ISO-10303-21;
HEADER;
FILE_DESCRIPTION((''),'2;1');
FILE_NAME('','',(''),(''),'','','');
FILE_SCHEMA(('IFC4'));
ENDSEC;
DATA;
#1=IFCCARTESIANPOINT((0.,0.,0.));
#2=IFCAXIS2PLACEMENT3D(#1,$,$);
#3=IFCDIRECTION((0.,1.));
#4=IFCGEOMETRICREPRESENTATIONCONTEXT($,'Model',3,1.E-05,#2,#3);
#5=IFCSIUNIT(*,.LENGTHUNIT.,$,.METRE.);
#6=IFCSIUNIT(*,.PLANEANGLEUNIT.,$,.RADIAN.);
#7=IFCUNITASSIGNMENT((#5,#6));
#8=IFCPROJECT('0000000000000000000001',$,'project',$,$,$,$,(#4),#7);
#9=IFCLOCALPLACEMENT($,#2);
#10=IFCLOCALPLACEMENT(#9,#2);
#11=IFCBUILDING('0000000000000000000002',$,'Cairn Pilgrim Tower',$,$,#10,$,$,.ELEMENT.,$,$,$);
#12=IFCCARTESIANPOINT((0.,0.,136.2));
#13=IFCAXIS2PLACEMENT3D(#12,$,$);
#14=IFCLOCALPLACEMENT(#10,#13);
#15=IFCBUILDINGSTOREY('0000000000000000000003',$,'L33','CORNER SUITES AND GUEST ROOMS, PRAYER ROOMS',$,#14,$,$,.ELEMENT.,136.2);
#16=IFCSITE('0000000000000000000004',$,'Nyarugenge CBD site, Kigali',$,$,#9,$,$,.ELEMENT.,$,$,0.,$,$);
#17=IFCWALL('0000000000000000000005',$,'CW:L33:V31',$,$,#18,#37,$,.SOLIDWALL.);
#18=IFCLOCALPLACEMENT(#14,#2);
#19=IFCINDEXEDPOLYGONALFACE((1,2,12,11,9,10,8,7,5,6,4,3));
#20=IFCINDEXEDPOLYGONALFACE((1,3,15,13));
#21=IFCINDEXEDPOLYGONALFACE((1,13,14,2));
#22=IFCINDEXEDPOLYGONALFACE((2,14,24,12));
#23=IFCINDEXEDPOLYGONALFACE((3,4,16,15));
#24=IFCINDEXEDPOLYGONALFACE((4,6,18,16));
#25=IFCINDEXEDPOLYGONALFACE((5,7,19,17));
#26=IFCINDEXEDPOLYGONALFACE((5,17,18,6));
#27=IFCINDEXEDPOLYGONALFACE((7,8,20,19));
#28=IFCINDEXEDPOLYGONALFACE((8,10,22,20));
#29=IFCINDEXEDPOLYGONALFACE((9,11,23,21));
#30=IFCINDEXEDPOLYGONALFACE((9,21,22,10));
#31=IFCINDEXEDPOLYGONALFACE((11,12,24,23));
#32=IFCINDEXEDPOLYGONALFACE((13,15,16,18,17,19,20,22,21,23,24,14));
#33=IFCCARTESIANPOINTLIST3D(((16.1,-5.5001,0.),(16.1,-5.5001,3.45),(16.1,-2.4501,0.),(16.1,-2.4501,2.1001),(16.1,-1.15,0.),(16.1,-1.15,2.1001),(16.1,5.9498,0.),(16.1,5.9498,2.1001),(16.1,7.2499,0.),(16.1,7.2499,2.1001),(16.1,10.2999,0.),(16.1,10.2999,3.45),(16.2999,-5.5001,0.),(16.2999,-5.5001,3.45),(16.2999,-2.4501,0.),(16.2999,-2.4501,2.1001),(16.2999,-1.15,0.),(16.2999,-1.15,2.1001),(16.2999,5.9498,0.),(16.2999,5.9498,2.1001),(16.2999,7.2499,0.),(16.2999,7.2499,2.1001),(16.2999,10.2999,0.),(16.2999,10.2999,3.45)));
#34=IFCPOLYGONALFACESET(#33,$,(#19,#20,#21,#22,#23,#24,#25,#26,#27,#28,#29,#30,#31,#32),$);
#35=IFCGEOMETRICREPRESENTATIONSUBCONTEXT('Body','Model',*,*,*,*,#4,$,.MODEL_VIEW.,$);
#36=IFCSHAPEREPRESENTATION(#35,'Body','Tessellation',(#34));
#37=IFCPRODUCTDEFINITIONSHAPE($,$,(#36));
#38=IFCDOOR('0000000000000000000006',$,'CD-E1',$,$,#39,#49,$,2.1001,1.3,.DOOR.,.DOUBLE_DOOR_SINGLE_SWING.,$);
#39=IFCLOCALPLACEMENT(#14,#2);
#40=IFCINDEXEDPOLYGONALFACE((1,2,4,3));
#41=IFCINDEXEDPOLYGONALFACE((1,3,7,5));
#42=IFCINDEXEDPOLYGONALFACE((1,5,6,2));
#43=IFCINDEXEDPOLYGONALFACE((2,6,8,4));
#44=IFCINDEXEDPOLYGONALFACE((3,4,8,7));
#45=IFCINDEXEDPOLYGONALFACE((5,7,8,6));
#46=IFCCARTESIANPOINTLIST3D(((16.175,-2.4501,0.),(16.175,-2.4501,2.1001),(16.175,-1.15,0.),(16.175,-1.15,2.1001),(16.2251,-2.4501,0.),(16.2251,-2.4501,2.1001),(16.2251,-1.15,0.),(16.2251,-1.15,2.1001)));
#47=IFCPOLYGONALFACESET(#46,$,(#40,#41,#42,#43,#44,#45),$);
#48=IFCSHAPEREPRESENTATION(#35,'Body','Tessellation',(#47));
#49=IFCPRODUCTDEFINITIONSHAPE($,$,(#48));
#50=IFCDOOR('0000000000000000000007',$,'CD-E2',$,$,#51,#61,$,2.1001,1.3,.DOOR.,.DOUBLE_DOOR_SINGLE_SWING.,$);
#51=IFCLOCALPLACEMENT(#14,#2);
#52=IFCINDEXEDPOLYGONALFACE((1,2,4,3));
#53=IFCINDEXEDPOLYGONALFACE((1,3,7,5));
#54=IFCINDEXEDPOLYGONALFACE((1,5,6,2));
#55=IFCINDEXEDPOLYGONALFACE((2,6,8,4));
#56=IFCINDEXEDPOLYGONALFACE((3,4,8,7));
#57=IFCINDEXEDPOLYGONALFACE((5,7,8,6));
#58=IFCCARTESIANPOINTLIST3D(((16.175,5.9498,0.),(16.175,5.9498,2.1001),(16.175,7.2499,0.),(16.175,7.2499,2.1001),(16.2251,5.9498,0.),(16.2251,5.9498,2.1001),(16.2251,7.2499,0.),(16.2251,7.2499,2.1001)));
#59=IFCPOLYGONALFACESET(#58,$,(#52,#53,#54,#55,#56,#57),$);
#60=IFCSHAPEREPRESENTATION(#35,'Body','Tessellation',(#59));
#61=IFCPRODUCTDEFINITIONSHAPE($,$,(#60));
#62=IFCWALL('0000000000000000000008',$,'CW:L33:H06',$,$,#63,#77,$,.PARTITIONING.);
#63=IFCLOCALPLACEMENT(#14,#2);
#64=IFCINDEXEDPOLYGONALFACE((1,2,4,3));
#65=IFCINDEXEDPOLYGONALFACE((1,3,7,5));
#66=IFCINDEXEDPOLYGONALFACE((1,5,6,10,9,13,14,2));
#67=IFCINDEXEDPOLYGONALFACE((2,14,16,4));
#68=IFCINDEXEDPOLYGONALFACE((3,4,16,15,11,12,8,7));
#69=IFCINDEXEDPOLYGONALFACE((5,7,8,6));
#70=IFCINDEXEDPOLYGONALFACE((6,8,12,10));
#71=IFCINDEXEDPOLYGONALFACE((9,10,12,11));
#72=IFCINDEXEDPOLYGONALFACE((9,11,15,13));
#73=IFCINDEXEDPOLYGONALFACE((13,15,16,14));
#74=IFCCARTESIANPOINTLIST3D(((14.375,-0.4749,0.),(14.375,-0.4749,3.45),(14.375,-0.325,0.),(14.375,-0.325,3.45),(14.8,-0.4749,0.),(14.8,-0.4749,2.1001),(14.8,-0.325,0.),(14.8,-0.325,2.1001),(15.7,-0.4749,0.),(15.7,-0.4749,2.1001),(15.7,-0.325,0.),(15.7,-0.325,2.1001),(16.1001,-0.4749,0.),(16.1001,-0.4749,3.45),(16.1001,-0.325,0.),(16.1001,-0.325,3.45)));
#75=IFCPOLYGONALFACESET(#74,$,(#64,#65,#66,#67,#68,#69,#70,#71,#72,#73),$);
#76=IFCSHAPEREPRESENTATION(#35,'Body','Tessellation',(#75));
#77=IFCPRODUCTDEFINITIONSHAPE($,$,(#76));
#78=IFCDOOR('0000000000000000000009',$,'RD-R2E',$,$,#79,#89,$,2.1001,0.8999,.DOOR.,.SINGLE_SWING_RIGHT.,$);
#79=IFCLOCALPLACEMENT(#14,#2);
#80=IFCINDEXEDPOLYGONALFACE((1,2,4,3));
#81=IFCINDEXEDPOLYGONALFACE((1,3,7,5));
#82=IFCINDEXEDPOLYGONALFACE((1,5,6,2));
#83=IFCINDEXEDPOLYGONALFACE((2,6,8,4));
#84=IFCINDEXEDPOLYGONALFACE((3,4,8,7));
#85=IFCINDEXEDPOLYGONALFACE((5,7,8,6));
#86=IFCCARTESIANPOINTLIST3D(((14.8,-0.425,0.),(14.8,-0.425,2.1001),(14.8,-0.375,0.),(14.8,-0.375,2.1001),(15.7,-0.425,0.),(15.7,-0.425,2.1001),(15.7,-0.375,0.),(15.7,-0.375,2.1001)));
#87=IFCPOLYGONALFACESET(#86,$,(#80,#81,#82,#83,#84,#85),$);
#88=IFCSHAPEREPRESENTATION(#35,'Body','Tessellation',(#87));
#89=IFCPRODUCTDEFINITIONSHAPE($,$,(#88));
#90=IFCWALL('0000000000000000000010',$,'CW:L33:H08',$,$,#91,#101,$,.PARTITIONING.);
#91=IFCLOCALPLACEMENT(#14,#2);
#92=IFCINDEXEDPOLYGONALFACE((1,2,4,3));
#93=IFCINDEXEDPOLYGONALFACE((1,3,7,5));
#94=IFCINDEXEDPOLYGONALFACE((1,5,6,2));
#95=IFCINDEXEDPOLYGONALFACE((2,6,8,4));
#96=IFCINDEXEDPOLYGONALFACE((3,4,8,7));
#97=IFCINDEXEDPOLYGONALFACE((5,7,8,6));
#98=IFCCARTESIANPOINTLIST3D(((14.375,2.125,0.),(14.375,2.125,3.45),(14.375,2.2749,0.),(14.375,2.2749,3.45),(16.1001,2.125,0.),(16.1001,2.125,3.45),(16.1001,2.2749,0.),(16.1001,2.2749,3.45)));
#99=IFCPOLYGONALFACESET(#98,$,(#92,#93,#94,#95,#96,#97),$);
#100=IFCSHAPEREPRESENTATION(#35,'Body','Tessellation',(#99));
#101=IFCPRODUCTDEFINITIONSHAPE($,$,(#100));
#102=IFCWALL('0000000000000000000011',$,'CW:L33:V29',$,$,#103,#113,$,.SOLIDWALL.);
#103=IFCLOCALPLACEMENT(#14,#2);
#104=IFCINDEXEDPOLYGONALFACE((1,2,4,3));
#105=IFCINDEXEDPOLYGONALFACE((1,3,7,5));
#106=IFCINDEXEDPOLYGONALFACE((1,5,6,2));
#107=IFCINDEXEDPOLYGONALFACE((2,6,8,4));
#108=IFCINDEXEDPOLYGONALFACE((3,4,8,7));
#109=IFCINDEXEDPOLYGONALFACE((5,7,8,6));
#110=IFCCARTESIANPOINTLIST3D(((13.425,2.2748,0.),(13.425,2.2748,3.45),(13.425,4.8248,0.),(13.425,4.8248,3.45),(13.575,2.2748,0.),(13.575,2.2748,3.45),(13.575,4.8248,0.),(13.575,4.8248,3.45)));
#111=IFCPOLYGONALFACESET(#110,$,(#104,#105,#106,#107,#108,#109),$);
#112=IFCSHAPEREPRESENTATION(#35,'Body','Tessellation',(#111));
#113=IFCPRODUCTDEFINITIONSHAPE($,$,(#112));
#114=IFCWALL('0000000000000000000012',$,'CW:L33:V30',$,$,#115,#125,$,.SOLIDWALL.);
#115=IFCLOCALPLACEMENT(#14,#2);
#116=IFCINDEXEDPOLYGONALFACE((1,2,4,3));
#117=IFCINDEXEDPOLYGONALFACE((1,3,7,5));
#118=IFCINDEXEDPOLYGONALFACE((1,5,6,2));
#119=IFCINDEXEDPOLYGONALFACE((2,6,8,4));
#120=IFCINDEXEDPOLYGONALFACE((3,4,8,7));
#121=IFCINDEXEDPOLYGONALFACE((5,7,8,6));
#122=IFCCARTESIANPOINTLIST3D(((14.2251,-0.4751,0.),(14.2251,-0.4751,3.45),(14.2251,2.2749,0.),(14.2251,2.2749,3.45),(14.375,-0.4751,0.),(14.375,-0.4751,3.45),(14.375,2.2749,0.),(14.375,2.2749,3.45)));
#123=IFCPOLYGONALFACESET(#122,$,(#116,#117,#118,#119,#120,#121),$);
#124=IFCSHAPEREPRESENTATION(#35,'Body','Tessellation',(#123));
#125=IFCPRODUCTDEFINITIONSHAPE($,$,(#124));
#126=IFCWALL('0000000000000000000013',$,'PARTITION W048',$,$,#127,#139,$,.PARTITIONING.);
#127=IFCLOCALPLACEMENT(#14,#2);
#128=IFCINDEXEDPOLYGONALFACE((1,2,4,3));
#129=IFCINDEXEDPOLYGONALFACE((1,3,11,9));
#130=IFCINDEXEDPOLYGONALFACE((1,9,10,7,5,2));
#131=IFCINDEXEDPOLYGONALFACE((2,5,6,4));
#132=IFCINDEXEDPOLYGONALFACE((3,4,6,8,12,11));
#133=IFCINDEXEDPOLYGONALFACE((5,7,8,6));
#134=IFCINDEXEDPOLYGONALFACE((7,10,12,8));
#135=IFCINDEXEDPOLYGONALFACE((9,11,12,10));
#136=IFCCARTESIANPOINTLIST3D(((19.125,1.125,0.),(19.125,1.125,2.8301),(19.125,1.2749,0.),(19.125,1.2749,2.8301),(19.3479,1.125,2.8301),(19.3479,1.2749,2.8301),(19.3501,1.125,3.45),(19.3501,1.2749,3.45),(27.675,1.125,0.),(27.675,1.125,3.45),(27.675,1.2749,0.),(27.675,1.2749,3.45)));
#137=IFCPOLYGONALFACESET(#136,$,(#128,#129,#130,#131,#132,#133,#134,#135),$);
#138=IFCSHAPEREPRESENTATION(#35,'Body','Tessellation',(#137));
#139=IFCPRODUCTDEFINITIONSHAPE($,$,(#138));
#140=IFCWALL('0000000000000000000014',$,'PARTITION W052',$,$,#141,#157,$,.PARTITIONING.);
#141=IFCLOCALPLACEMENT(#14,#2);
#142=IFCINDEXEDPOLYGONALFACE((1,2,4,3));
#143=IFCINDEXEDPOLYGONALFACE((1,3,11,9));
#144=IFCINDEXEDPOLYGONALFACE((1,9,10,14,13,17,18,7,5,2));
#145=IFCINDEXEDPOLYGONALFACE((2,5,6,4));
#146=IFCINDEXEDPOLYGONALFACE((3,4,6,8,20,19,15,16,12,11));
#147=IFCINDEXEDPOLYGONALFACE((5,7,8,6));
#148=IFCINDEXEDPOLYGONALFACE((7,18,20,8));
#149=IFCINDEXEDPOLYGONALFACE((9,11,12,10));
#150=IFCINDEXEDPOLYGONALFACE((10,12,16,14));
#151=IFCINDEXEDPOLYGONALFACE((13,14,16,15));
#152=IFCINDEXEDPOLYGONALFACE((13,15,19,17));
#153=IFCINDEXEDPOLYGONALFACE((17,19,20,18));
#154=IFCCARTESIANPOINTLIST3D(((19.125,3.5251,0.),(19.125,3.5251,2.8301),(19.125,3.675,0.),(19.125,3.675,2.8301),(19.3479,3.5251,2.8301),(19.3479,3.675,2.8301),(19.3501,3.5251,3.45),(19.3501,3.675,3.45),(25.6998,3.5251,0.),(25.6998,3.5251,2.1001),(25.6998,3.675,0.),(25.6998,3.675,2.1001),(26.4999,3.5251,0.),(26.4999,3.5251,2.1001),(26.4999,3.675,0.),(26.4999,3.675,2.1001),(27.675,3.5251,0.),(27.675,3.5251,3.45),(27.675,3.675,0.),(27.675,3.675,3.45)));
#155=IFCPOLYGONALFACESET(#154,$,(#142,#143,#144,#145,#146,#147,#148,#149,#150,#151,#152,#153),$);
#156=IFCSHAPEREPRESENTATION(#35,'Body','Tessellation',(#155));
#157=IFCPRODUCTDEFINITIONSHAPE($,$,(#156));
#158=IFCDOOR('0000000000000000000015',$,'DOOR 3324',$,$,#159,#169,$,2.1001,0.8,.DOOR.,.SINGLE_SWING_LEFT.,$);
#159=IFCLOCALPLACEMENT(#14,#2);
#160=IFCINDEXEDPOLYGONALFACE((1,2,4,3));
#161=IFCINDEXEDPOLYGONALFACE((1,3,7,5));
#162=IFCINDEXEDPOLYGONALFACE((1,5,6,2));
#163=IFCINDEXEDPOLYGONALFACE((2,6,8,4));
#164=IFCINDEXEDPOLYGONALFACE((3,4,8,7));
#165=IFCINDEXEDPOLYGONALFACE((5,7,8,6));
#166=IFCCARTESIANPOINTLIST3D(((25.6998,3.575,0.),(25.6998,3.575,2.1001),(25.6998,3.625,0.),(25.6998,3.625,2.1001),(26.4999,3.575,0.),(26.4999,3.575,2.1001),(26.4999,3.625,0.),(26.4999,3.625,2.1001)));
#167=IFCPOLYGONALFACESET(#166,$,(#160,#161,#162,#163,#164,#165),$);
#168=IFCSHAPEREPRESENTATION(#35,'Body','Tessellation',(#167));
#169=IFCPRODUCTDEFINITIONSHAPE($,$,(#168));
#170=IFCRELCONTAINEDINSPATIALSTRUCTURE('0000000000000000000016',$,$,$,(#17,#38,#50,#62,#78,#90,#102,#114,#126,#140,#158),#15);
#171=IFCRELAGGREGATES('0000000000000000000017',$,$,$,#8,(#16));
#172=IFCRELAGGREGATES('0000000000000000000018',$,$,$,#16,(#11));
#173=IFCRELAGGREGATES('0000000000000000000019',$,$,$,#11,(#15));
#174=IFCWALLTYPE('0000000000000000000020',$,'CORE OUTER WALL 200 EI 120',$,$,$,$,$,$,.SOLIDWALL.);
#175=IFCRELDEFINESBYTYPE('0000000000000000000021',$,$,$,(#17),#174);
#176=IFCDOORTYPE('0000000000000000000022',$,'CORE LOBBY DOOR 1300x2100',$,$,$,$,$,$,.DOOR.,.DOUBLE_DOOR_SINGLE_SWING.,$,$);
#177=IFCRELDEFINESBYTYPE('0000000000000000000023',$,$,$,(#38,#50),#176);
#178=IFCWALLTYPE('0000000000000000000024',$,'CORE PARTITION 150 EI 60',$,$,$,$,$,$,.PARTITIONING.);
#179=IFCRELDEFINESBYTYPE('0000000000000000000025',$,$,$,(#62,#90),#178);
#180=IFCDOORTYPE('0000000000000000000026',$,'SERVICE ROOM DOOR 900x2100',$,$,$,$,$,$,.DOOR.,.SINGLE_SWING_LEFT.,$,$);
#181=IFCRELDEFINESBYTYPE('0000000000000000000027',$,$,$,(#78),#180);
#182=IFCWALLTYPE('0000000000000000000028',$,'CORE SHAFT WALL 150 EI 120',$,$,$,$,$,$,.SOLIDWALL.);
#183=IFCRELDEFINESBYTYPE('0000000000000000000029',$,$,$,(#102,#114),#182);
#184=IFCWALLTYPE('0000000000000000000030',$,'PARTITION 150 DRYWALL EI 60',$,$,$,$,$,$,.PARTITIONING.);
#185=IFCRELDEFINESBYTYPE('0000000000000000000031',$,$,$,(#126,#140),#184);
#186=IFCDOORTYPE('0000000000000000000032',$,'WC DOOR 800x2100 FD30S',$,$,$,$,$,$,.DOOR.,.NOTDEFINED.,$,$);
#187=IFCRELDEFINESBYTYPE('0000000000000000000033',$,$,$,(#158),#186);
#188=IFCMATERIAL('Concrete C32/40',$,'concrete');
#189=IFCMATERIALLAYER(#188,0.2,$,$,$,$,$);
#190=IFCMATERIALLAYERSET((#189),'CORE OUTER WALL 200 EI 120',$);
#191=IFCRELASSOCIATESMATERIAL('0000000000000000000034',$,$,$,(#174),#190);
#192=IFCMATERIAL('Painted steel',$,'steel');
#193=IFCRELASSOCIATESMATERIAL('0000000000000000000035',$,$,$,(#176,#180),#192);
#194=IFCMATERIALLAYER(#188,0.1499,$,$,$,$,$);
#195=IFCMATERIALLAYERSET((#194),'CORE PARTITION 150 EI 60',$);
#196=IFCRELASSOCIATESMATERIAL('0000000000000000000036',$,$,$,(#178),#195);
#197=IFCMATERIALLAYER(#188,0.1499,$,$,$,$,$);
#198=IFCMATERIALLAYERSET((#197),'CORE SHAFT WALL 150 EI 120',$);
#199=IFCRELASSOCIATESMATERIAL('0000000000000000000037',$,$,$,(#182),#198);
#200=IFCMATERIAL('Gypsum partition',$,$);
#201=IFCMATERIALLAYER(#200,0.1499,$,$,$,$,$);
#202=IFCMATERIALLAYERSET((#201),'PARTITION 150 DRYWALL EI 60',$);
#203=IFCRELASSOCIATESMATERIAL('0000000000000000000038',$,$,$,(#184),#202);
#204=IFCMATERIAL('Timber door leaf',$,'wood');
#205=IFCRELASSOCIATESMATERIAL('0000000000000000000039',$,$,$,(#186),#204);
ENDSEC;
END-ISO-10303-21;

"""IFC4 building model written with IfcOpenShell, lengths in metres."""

from ifc_helpers import new_model, si_unit, direction, frame, frame_2d, origin, place, context, subcontext, project, spatial, polyline, rectangle, outline, extrude, material, layer, layer_set, type_object, element, fill, save


model = new_model("IFC4")

# Units and contexts
model_context = context("Model", 3, precision=1e-05, world=origin(), true_north=direction((0.0, 1.0)))
body_context = subcontext(model_context, "Body", "Model", "MODEL_VIEW")
ifc_project = project(units=[si_unit("LENGTHUNIT", "METRE"), si_unit("PLANEANGLEUNIT", "RADIAN")], contexts=[model_context])

# Site, building, storey
site_placement = place(None, origin())
site = spatial("IfcSite", under=ifc_project, at=site_placement, Name="Nyarugenge CBD site, Kigali", CompositionType="ELEMENT", RefElevation=0.0)
building_placement = place(site_placement, origin())
building = spatial("IfcBuilding", under=site, at=building_placement, Name="Cairn Pilgrim Tower", CompositionType="ELEMENT")
storey_placement = place(building_placement, frame((0.0, 0.0, 136.2)))
storey = spatial("IfcBuildingStorey", under=building, at=storey_placement, Name="L33", Description="CORNER SUITES AND GUEST ROOMS, PRAYER ROOMS", CompositionType="ELEMENT", Elevation=136.2)

# Wall, openings, doors
ifc_material_1 = material(Name="Concrete C32/40", Category="concrete")
ifc_layer_1 = layer(ifc_material_1, 0.2)
ifc_layer_set_1 = layer_set([ifc_layer_1], Name="CORE OUTER WALL 200 EI 120")
wall_type_1 = type_object("IfcWallType", Name="CORE OUTER WALL 200 EI 120", PredefinedType="SOLIDWALL", material=ifc_layer_set_1)
wall_1_placement = place(storey_placement, frame((16.2, -5.5, 0.0), z_axis=(0.0, 0.0, 1.0), x_axis=(0.0, 1.0, 0.0)))
wall_1 = element("IfcWall", 1, at=wall_1_placement, inside=storey, type_object=wall_type_1, Name="CW:L33:V31", PredefinedType="SOLIDWALL", context=body_context, shape_type="SweptSolid", body=[
    extrude(rectangle(XDim=15.8, YDim=0.2, at=frame_2d((7.8999, 0.0))), origin(), (0.0, 0.0, 1.0), 3.45),
])
opening_1_placement = place(wall_1_placement, frame((3.05, 0.0, 0.0)))
opening_1 = element("IfcOpeningElement", 2, at=opening_1_placement, cuts=wall_1, PredefinedType="OPENING", context=body_context, shape_type="SweptSolid", body=[
    extrude(rectangle(XDim=1.3, YDim=2.1001, at=frame_2d((0.6499, 1.05))), frame((0.0, 0.1099, 0.0), z_axis=(0.0, -1.0, 0.0), x_axis=(1.0, 0.0, 0.0)), (0.0, 0.0, 1.0), 0.22),
])
opening_2_placement = place(wall_1_placement, frame((11.45, 0.0, 0.0)))
opening_2 = element("IfcOpeningElement", 3, at=opening_2_placement, cuts=wall_1, PredefinedType="OPENING", context=body_context, shape_type="SweptSolid", body=[
    extrude(rectangle(XDim=1.3, YDim=2.1001, at=frame_2d((0.6499, 1.05))), frame((0.0, 0.1099, 0.0), z_axis=(0.0, -1.0, 0.0), x_axis=(1.0, 0.0, 0.0)), (0.0, 0.0, 1.0), 0.22),
])
ifc_material_2 = material(Name="Painted steel", Category="steel")
door_type_1 = type_object("IfcDoorType", Name="CORE LOBBY DOOR 1300x2100", OperationType="DOUBLE_DOOR_SINGLE_SWING", PredefinedType="DOOR", material=ifc_material_2)
door_1_placement = place(opening_1_placement, origin())
door_1 = element("IfcDoor", 4, at=door_1_placement, inside=storey, type_object=door_type_1, Name="CD-E1", OperationType="DOUBLE_DOOR_SINGLE_SWING", OverallHeight=2.1001, OverallWidth=1.3, PredefinedType="DOOR", context=body_context, shape_type="SweptSolid", body=[
    extrude(rectangle(XDim=1.3, YDim=2.1001, at=frame_2d((0.6499, 1.05))), frame((0.0, 0.0249, 0.0), z_axis=(0.0, -1.0, 0.0), x_axis=(1.0, 0.0, 0.0)), (0.0, 0.0, 1.0), 0.05),
])
fill(opening_1, door_1)
door_2_placement = place(opening_2_placement, origin())
door_2 = element("IfcDoor", 5, at=door_2_placement, inside=storey, type_object=door_type_1, Name="CD-E2", OperationType="DOUBLE_DOOR_SINGLE_SWING", OverallHeight=2.1001, OverallWidth=1.3, PredefinedType="DOOR", context=body_context, shape_type="SweptSolid", body=[
    extrude(rectangle(XDim=1.3, YDim=2.1001, at=frame_2d((0.6499, 1.05))), frame((0.0, 0.0249, 0.0), z_axis=(0.0, -1.0, 0.0), x_axis=(1.0, 0.0, 0.0)), (0.0, 0.0, 1.0), 0.05),
])
fill(opening_2, door_2)

# Wall, opening, door
ifc_layer_2 = layer(ifc_material_1, 0.1499)
ifc_layer_set_2 = layer_set([ifc_layer_2], Name="CORE PARTITION 150 EI 60")
wall_type_2 = type_object("IfcWallType", Name="CORE PARTITION 150 EI 60", PredefinedType="PARTITIONING", material=ifc_layer_set_2)
wall_2_placement = place(storey_placement, frame((14.375, -0.3999, 0.0), z_axis=(0.0, 0.0, 1.0), x_axis=(1.0, 0.0, 0.0)))
wall_2 = element("IfcWall", 6, at=wall_2_placement, inside=storey, type_object=wall_type_2, Name="CW:L33:H06", PredefinedType="PARTITIONING", context=body_context, shape_type="SweptSolid", body=[
    extrude(rectangle(XDim=1.7251, YDim=0.1499, at=frame_2d((0.8625, 0.0))), origin(), (0.0, 0.0, 1.0), 3.45),
])
opening_3_placement = place(wall_2_placement, frame((0.425, 0.0, 0.0)))
opening_3 = element("IfcOpeningElement", 7, at=opening_3_placement, cuts=wall_2, PredefinedType="OPENING", context=body_context, shape_type="SweptSolid", body=[
    extrude(rectangle(XDim=0.8999, YDim=2.1001, at=frame_2d((0.45, 1.05))), frame((0.0, 0.085, 0.0), z_axis=(0.0, -1.0, 0.0), x_axis=(1.0, 0.0, 0.0)), (0.0, 0.0, 1.0), 0.1699),
])
door_type_2 = type_object("IfcDoorType", Name="SERVICE ROOM DOOR 900x2100", OperationType="SINGLE_SWING_LEFT", PredefinedType="DOOR", material=ifc_material_2)
door_3_placement = place(opening_3_placement, origin())
door_3 = element("IfcDoor", 8, at=door_3_placement, inside=storey, type_object=door_type_2, Name="RD-R2E", OperationType="SINGLE_SWING_RIGHT", OverallHeight=2.1001, OverallWidth=0.8999, PredefinedType="DOOR", context=body_context, shape_type="SweptSolid", body=[
    extrude(rectangle(XDim=0.8999, YDim=2.1001, at=frame_2d((0.45, 1.05))), frame((0.0, 0.0249, 0.0), z_axis=(0.0, -1.0, 0.0), x_axis=(1.0, 0.0, 0.0)), (0.0, 0.0, 1.0), 0.05),
])
fill(opening_3, door_3)

# Walls
wall_3_placement = place(storey_placement, frame((14.375, 2.2, 0.0), z_axis=(0.0, 0.0, 1.0), x_axis=(1.0, 0.0, 0.0)))
element("IfcWall", 9, at=wall_3_placement, inside=storey, type_object=wall_type_2, Name="CW:L33:H08", PredefinedType="PARTITIONING", context=body_context, shape_type="SweptSolid", body=[
    extrude(rectangle(XDim=1.7251, YDim=0.1499, at=frame_2d((0.8625, 0.0))), origin(), (0.0, 0.0, 1.0), 3.45),
])
ifc_layer_3 = layer(ifc_material_1, 0.1499)
ifc_layer_set_3 = layer_set([ifc_layer_3], Name="CORE SHAFT WALL 150 EI 120")
wall_type_3 = type_object("IfcWallType", Name="CORE SHAFT WALL 150 EI 120", PredefinedType="SOLIDWALL", material=ifc_layer_set_3)
wall_4_placement = place(storey_placement, frame((13.5, 2.2749, 0.0), z_axis=(0.0, 0.0, 1.0), x_axis=(0.0, 1.0, 0.0)))
element("IfcWall", 10, at=wall_4_placement, inside=storey, type_object=wall_type_3, Name="CW:L33:V29", PredefinedType="SOLIDWALL", context=body_context, shape_type="SweptSolid", body=[
    extrude(rectangle(XDim=2.55, YDim=0.1499, at=frame_2d((1.2749, 0.0))), origin(), (0.0, 0.0, 1.0), 3.45),
])
wall_5_placement = place(storey_placement, frame((14.3, -0.4751, 0.0), z_axis=(0.0, 0.0, 1.0), x_axis=(0.0, 1.0, 0.0)))
element("IfcWall", 11, at=wall_5_placement, inside=storey, type_object=wall_type_3, Name="CW:L33:V30", PredefinedType="SOLIDWALL", context=body_context, shape_type="SweptSolid", body=[
    extrude(rectangle(XDim=2.75, YDim=0.1499, at=frame_2d((1.375, 0.0))), origin(), (0.0, 0.0, 1.0), 3.45),
])
ifc_material_3 = material(Name="Gypsum partition")
ifc_layer_4 = layer(ifc_material_3, 0.1499)
ifc_layer_set_4 = layer_set([ifc_layer_4], Name="PARTITION 150 DRYWALL EI 60")
wall_type_4 = type_object("IfcWallType", Name="PARTITION 150 DRYWALL EI 60", PredefinedType="PARTITIONING", material=ifc_layer_set_4)
wall_6_placement = place(storey_placement, frame((19.125, 1.2, 0.0), z_axis=(0.0, 0.0, 1.0), x_axis=(1.0, 0.0, 0.0)))
element("IfcWall", 12, at=wall_6_placement, inside=storey, type_object=wall_type_4, Name="PARTITION W048", PredefinedType="PARTITIONING", context=body_context, shape_type="SweptSolid", body=[
    extrude(outline(polyline([(0.0, 0.0), (8.55, 0.0), (8.55, 3.45), (0.2251, 3.45), (0.2229, 2.8301), (0.0, 2.8301), (0.0, 0.0)])), frame((0.0, 0.075, 0.0), z_axis=(0.0, -1.0, 0.0), x_axis=(1.0, 0.0, 0.0)), (0.0, 0.0, 1.0), 0.1499),
])

# Wall, opening, door
wall_7_placement = place(storey_placement, frame((19.125, 3.6001, 0.0), z_axis=(0.0, 0.0, 1.0), x_axis=(1.0, 0.0, 0.0)))
wall_7 = element("IfcWall", 13, at=wall_7_placement, inside=storey, type_object=wall_type_4, Name="PARTITION W052", PredefinedType="PARTITIONING", context=body_context, shape_type="SweptSolid", body=[
    extrude(outline(polyline([(0.0, 0.0), (8.55, 0.0), (8.55, 3.45), (0.2251, 3.45), (0.2229, 2.8301), (0.0, 2.8301), (0.0, 0.0)])), frame((0.0, 0.075, 0.0), z_axis=(0.0, -1.0, 0.0), x_axis=(1.0, 0.0, 0.0)), (0.0, 0.0, 1.0), 0.1499),
])
opening_4_placement = place(wall_7_placement, frame((6.575, 0.0, 0.0)))
opening_4 = element("IfcOpeningElement", 14, at=opening_4_placement, cuts=wall_7, PredefinedType="OPENING", context=body_context, shape_type="SweptSolid", body=[
    extrude(rectangle(XDim=0.8, YDim=2.1001, at=frame_2d((0.3999, 1.05))), frame((0.0, 0.085, 0.0), z_axis=(0.0, -1.0, 0.0), x_axis=(1.0, 0.0, 0.0)), (0.0, 0.0, 1.0), 0.1699),
])
ifc_material_4 = material(Name="Timber door leaf", Category="wood")
door_type_3 = type_object("IfcDoorType", Name="WC DOOR 800x2100 FD30S", OperationType="NOTDEFINED", PredefinedType="DOOR", material=ifc_material_4)
door_4_placement = place(opening_4_placement, origin())
door_4 = element("IfcDoor", 15, at=door_4_placement, inside=storey, type_object=door_type_3, Name="DOOR 3324", OperationType="SINGLE_SWING_LEFT", OverallHeight=2.1001, OverallWidth=0.8, PredefinedType="DOOR", context=body_context, shape_type="SweptSolid", body=[
    extrude(rectangle(XDim=0.8, YDim=2.1001, at=frame_2d((0.3999, 1.05))), frame((0.0, 0.0249, 0.0), z_axis=(0.0, -1.0, 0.0), x_axis=(1.0, 0.0, 0.0)), (0.0, 0.0, 1.0), 0.05),
])
fill(opening_4, door_4)

save(model, "model.ifc")
